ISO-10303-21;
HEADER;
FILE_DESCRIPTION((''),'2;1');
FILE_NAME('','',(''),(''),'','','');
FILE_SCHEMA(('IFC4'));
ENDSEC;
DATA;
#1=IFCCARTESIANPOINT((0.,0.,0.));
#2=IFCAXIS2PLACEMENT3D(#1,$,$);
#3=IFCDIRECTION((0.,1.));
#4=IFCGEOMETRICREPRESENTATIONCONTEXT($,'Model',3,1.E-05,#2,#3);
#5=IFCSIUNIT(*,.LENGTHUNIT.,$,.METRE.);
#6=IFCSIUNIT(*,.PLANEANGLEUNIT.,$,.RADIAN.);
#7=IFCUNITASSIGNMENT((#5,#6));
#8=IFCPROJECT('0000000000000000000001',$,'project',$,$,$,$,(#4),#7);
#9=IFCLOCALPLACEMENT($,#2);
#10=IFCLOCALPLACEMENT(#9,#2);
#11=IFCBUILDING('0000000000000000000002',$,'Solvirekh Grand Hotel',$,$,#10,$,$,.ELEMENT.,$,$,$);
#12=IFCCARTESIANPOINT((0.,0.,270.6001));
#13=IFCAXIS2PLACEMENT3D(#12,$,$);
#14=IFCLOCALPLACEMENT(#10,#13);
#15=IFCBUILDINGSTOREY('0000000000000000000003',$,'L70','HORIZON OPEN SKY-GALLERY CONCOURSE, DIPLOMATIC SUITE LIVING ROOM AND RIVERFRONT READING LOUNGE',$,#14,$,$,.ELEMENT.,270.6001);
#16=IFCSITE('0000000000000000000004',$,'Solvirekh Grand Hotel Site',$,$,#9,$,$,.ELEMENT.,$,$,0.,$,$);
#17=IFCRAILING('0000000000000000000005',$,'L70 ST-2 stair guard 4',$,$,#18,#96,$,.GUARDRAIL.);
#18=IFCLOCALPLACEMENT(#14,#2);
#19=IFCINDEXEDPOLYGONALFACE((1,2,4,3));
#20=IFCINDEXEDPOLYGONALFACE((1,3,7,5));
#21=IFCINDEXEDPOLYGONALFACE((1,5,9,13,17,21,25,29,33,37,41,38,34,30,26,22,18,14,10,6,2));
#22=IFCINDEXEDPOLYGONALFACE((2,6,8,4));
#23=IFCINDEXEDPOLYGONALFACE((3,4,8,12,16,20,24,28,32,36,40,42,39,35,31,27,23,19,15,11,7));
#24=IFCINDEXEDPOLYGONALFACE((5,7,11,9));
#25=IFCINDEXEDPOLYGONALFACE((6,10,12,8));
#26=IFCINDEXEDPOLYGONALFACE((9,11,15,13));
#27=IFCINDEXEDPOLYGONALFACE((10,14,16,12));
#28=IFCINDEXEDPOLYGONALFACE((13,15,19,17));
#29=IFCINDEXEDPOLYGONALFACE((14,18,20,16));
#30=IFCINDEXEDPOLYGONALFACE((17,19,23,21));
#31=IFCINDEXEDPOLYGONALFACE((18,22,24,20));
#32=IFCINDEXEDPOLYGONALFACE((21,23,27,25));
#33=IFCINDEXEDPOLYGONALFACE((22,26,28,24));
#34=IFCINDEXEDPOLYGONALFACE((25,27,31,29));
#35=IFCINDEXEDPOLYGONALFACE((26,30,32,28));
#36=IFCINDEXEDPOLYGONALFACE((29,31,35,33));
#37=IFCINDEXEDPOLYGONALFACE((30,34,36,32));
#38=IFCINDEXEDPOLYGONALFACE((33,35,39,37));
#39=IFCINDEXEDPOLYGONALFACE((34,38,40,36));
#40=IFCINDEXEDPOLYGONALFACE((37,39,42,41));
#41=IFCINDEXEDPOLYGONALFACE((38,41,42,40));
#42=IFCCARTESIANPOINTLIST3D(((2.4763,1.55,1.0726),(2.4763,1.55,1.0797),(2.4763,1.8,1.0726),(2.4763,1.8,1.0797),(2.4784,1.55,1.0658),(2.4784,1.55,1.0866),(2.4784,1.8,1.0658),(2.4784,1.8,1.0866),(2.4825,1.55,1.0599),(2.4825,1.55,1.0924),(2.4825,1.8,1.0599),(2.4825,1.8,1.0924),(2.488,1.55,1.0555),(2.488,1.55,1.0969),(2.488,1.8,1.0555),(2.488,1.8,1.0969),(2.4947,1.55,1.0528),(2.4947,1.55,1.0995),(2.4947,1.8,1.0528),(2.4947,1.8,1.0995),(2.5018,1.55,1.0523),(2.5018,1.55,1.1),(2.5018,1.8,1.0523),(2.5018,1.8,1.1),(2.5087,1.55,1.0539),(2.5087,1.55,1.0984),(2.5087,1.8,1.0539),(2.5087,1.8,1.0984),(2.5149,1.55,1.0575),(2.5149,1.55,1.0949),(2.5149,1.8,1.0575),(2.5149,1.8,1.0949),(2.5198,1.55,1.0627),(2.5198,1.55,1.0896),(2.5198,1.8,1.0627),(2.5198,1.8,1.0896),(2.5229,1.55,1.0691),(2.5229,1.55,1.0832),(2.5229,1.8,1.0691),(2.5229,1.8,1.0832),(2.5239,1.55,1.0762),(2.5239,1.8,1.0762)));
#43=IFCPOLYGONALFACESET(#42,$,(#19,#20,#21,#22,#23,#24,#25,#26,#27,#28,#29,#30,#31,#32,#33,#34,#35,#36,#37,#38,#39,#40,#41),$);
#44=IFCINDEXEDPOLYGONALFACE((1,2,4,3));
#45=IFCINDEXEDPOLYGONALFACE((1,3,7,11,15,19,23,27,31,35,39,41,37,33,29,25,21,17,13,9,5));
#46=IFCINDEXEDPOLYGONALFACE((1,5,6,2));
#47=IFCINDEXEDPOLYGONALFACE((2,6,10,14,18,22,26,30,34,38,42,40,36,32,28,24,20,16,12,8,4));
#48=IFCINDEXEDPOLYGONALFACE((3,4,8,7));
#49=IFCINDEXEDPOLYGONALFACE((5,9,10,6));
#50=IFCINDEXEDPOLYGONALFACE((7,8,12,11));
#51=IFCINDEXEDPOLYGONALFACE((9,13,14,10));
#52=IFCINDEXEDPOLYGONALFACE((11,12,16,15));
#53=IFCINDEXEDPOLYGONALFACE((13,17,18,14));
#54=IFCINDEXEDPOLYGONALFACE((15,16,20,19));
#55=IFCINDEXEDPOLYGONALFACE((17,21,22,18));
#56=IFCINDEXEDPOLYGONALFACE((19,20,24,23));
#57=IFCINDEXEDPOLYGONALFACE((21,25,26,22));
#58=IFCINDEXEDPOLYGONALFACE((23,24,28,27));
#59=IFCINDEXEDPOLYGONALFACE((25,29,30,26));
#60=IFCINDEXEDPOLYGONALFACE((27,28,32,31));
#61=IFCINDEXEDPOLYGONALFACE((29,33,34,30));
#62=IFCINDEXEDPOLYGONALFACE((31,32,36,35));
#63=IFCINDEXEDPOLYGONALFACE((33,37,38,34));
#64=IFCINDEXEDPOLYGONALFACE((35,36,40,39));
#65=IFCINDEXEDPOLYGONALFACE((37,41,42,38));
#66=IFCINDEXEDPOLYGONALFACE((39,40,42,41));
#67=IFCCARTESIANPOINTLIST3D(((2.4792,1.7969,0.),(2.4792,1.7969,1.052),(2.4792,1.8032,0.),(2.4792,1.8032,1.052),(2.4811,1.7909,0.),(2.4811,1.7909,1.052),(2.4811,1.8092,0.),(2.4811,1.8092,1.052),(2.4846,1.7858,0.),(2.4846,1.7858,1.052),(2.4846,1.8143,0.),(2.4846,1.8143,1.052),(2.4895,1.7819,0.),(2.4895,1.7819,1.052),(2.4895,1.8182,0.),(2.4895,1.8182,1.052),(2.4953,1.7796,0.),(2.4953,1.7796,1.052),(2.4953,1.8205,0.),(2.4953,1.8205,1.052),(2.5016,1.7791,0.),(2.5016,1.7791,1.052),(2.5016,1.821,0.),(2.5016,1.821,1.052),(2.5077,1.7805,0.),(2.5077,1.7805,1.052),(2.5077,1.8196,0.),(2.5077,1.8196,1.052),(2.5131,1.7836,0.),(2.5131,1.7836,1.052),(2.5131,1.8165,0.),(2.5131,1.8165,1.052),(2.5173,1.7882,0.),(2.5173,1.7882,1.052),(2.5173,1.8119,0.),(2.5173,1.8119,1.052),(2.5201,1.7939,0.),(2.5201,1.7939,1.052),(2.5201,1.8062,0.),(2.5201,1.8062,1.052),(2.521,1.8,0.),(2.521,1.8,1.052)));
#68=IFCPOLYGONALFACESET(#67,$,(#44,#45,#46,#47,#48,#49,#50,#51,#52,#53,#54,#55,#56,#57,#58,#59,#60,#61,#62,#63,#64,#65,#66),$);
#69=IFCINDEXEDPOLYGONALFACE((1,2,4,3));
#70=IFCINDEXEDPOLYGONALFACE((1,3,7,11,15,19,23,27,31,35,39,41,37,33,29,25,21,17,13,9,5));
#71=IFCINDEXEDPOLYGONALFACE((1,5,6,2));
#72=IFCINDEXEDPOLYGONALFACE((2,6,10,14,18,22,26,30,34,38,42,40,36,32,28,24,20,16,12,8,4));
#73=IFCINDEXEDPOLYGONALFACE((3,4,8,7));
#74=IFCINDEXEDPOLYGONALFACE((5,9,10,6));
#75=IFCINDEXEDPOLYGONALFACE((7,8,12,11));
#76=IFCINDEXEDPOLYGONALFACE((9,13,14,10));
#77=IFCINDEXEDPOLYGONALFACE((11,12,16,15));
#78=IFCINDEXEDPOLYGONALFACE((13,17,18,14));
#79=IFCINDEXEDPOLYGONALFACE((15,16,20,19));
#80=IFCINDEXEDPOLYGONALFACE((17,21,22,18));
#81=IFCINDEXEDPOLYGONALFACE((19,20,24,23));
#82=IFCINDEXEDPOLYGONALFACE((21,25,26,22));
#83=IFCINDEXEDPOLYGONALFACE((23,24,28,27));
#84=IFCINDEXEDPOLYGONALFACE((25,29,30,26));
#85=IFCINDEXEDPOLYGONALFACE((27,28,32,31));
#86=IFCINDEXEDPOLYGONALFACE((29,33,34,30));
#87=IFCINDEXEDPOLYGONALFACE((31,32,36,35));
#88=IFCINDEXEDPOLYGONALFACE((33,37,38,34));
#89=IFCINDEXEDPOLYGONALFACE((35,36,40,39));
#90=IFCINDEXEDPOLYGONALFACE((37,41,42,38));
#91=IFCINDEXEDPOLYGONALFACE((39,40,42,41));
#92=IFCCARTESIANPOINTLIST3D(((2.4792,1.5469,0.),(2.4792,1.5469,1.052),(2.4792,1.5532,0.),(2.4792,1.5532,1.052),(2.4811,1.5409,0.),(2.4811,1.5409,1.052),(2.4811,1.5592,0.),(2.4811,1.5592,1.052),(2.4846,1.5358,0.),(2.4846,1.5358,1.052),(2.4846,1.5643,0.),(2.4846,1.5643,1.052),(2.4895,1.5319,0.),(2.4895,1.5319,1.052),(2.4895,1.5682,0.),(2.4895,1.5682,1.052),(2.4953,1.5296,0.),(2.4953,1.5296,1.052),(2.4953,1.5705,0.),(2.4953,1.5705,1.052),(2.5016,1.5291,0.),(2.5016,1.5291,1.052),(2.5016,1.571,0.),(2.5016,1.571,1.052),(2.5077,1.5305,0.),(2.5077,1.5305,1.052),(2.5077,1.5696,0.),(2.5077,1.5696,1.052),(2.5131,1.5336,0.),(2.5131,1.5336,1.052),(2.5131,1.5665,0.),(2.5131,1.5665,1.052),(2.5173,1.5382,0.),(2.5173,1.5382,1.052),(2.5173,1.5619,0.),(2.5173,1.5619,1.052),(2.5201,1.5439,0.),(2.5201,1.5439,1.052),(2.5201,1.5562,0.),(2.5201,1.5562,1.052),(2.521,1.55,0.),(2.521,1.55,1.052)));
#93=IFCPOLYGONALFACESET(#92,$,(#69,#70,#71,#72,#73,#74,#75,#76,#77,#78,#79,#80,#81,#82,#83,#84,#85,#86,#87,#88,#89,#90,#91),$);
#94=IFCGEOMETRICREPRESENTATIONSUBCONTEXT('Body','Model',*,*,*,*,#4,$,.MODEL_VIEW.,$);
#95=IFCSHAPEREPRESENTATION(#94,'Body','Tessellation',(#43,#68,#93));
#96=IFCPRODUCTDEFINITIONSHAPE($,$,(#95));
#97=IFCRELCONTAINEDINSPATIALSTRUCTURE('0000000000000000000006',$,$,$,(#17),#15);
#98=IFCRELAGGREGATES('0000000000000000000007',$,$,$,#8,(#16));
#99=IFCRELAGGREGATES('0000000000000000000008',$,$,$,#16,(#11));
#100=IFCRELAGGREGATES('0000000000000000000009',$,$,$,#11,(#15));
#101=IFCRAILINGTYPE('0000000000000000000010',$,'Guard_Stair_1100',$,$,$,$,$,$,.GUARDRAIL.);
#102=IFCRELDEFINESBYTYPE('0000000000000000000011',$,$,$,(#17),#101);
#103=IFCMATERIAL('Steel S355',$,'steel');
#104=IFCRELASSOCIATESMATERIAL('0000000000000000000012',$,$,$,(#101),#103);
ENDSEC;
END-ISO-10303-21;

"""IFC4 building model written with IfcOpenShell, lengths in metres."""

from ifc_helpers import new_model, si_unit, direction, frame, origin, origin_2d, place, context, subcontext, project, spatial, circle, extrude, material, type_object, element, save


model = new_model("IFC4")

# Units and contexts
model_context = context("Model", 3, precision=1e-05, world=origin(), true_north=direction((0.0, 1.0)))
body_context = subcontext(model_context, "Body", "Model", "MODEL_VIEW")
ifc_project = project(units=[si_unit("LENGTHUNIT", "METRE"), si_unit("PLANEANGLEUNIT", "RADIAN")], contexts=[model_context])

# Site, building, storey
site_placement = place(None, origin())
site = spatial("IfcSite", under=ifc_project, at=site_placement, Name="Solvirekh Grand Hotel Site", CompositionType="ELEMENT", RefElevation=0.0)
building_placement = place(site_placement, origin())
building = spatial("IfcBuilding", under=site, at=building_placement, Name="Solvirekh Grand Hotel", CompositionType="ELEMENT")
storey_placement = place(building_placement, frame((0.0, 0.0, 270.6001)))
storey = spatial("IfcBuildingStorey", under=building, at=storey_placement, Name="L70", Description="HORIZON OPEN SKY-GALLERY CONCOURSE, DIPLOMATIC SUITE LIVING ROOM AND RIVERFRONT READING LOUNGE", CompositionType="ELEMENT", Elevation=270.6001)

# Shared definitions
ifc_material_1 = material(Name="Steel S355", Category="steel")

# Railing
railing_type_1 = type_object("IfcRailingType", Name="Guard_Stair_1100", PredefinedType="GUARDRAIL", material=ifc_material_1)
railing_1_placement = place(storey_placement, frame((2.5, 1.8, 0.0)))
element("IfcRailing", 1, at=railing_1_placement, inside=storey, type_object=railing_type_1, Name="L70 ST-2 stair guard 4", PredefinedType="GUARDRAIL", context=body_context, shape_type="SweptSolid", body=[
    extrude(circle(Radius=0.0239, at=origin_2d()), frame((0.0, 0.0, 1.0762), z_axis=(0.0, -1.0, 0.0), x_axis=(1.0, 0.0, 0.0)), (0.0, 0.0, 1.0), 0.25),
    extrude(circle(Radius=0.021, at=origin_2d()), origin(), (0.0, 0.0, 1.0), 1.052),
    extrude(circle(Radius=0.021, at=origin_2d()), frame((0.0, -0.25, 0.0)), (0.0, 0.0, 1.0), 1.052),
])

save(model, "model.ifc")
